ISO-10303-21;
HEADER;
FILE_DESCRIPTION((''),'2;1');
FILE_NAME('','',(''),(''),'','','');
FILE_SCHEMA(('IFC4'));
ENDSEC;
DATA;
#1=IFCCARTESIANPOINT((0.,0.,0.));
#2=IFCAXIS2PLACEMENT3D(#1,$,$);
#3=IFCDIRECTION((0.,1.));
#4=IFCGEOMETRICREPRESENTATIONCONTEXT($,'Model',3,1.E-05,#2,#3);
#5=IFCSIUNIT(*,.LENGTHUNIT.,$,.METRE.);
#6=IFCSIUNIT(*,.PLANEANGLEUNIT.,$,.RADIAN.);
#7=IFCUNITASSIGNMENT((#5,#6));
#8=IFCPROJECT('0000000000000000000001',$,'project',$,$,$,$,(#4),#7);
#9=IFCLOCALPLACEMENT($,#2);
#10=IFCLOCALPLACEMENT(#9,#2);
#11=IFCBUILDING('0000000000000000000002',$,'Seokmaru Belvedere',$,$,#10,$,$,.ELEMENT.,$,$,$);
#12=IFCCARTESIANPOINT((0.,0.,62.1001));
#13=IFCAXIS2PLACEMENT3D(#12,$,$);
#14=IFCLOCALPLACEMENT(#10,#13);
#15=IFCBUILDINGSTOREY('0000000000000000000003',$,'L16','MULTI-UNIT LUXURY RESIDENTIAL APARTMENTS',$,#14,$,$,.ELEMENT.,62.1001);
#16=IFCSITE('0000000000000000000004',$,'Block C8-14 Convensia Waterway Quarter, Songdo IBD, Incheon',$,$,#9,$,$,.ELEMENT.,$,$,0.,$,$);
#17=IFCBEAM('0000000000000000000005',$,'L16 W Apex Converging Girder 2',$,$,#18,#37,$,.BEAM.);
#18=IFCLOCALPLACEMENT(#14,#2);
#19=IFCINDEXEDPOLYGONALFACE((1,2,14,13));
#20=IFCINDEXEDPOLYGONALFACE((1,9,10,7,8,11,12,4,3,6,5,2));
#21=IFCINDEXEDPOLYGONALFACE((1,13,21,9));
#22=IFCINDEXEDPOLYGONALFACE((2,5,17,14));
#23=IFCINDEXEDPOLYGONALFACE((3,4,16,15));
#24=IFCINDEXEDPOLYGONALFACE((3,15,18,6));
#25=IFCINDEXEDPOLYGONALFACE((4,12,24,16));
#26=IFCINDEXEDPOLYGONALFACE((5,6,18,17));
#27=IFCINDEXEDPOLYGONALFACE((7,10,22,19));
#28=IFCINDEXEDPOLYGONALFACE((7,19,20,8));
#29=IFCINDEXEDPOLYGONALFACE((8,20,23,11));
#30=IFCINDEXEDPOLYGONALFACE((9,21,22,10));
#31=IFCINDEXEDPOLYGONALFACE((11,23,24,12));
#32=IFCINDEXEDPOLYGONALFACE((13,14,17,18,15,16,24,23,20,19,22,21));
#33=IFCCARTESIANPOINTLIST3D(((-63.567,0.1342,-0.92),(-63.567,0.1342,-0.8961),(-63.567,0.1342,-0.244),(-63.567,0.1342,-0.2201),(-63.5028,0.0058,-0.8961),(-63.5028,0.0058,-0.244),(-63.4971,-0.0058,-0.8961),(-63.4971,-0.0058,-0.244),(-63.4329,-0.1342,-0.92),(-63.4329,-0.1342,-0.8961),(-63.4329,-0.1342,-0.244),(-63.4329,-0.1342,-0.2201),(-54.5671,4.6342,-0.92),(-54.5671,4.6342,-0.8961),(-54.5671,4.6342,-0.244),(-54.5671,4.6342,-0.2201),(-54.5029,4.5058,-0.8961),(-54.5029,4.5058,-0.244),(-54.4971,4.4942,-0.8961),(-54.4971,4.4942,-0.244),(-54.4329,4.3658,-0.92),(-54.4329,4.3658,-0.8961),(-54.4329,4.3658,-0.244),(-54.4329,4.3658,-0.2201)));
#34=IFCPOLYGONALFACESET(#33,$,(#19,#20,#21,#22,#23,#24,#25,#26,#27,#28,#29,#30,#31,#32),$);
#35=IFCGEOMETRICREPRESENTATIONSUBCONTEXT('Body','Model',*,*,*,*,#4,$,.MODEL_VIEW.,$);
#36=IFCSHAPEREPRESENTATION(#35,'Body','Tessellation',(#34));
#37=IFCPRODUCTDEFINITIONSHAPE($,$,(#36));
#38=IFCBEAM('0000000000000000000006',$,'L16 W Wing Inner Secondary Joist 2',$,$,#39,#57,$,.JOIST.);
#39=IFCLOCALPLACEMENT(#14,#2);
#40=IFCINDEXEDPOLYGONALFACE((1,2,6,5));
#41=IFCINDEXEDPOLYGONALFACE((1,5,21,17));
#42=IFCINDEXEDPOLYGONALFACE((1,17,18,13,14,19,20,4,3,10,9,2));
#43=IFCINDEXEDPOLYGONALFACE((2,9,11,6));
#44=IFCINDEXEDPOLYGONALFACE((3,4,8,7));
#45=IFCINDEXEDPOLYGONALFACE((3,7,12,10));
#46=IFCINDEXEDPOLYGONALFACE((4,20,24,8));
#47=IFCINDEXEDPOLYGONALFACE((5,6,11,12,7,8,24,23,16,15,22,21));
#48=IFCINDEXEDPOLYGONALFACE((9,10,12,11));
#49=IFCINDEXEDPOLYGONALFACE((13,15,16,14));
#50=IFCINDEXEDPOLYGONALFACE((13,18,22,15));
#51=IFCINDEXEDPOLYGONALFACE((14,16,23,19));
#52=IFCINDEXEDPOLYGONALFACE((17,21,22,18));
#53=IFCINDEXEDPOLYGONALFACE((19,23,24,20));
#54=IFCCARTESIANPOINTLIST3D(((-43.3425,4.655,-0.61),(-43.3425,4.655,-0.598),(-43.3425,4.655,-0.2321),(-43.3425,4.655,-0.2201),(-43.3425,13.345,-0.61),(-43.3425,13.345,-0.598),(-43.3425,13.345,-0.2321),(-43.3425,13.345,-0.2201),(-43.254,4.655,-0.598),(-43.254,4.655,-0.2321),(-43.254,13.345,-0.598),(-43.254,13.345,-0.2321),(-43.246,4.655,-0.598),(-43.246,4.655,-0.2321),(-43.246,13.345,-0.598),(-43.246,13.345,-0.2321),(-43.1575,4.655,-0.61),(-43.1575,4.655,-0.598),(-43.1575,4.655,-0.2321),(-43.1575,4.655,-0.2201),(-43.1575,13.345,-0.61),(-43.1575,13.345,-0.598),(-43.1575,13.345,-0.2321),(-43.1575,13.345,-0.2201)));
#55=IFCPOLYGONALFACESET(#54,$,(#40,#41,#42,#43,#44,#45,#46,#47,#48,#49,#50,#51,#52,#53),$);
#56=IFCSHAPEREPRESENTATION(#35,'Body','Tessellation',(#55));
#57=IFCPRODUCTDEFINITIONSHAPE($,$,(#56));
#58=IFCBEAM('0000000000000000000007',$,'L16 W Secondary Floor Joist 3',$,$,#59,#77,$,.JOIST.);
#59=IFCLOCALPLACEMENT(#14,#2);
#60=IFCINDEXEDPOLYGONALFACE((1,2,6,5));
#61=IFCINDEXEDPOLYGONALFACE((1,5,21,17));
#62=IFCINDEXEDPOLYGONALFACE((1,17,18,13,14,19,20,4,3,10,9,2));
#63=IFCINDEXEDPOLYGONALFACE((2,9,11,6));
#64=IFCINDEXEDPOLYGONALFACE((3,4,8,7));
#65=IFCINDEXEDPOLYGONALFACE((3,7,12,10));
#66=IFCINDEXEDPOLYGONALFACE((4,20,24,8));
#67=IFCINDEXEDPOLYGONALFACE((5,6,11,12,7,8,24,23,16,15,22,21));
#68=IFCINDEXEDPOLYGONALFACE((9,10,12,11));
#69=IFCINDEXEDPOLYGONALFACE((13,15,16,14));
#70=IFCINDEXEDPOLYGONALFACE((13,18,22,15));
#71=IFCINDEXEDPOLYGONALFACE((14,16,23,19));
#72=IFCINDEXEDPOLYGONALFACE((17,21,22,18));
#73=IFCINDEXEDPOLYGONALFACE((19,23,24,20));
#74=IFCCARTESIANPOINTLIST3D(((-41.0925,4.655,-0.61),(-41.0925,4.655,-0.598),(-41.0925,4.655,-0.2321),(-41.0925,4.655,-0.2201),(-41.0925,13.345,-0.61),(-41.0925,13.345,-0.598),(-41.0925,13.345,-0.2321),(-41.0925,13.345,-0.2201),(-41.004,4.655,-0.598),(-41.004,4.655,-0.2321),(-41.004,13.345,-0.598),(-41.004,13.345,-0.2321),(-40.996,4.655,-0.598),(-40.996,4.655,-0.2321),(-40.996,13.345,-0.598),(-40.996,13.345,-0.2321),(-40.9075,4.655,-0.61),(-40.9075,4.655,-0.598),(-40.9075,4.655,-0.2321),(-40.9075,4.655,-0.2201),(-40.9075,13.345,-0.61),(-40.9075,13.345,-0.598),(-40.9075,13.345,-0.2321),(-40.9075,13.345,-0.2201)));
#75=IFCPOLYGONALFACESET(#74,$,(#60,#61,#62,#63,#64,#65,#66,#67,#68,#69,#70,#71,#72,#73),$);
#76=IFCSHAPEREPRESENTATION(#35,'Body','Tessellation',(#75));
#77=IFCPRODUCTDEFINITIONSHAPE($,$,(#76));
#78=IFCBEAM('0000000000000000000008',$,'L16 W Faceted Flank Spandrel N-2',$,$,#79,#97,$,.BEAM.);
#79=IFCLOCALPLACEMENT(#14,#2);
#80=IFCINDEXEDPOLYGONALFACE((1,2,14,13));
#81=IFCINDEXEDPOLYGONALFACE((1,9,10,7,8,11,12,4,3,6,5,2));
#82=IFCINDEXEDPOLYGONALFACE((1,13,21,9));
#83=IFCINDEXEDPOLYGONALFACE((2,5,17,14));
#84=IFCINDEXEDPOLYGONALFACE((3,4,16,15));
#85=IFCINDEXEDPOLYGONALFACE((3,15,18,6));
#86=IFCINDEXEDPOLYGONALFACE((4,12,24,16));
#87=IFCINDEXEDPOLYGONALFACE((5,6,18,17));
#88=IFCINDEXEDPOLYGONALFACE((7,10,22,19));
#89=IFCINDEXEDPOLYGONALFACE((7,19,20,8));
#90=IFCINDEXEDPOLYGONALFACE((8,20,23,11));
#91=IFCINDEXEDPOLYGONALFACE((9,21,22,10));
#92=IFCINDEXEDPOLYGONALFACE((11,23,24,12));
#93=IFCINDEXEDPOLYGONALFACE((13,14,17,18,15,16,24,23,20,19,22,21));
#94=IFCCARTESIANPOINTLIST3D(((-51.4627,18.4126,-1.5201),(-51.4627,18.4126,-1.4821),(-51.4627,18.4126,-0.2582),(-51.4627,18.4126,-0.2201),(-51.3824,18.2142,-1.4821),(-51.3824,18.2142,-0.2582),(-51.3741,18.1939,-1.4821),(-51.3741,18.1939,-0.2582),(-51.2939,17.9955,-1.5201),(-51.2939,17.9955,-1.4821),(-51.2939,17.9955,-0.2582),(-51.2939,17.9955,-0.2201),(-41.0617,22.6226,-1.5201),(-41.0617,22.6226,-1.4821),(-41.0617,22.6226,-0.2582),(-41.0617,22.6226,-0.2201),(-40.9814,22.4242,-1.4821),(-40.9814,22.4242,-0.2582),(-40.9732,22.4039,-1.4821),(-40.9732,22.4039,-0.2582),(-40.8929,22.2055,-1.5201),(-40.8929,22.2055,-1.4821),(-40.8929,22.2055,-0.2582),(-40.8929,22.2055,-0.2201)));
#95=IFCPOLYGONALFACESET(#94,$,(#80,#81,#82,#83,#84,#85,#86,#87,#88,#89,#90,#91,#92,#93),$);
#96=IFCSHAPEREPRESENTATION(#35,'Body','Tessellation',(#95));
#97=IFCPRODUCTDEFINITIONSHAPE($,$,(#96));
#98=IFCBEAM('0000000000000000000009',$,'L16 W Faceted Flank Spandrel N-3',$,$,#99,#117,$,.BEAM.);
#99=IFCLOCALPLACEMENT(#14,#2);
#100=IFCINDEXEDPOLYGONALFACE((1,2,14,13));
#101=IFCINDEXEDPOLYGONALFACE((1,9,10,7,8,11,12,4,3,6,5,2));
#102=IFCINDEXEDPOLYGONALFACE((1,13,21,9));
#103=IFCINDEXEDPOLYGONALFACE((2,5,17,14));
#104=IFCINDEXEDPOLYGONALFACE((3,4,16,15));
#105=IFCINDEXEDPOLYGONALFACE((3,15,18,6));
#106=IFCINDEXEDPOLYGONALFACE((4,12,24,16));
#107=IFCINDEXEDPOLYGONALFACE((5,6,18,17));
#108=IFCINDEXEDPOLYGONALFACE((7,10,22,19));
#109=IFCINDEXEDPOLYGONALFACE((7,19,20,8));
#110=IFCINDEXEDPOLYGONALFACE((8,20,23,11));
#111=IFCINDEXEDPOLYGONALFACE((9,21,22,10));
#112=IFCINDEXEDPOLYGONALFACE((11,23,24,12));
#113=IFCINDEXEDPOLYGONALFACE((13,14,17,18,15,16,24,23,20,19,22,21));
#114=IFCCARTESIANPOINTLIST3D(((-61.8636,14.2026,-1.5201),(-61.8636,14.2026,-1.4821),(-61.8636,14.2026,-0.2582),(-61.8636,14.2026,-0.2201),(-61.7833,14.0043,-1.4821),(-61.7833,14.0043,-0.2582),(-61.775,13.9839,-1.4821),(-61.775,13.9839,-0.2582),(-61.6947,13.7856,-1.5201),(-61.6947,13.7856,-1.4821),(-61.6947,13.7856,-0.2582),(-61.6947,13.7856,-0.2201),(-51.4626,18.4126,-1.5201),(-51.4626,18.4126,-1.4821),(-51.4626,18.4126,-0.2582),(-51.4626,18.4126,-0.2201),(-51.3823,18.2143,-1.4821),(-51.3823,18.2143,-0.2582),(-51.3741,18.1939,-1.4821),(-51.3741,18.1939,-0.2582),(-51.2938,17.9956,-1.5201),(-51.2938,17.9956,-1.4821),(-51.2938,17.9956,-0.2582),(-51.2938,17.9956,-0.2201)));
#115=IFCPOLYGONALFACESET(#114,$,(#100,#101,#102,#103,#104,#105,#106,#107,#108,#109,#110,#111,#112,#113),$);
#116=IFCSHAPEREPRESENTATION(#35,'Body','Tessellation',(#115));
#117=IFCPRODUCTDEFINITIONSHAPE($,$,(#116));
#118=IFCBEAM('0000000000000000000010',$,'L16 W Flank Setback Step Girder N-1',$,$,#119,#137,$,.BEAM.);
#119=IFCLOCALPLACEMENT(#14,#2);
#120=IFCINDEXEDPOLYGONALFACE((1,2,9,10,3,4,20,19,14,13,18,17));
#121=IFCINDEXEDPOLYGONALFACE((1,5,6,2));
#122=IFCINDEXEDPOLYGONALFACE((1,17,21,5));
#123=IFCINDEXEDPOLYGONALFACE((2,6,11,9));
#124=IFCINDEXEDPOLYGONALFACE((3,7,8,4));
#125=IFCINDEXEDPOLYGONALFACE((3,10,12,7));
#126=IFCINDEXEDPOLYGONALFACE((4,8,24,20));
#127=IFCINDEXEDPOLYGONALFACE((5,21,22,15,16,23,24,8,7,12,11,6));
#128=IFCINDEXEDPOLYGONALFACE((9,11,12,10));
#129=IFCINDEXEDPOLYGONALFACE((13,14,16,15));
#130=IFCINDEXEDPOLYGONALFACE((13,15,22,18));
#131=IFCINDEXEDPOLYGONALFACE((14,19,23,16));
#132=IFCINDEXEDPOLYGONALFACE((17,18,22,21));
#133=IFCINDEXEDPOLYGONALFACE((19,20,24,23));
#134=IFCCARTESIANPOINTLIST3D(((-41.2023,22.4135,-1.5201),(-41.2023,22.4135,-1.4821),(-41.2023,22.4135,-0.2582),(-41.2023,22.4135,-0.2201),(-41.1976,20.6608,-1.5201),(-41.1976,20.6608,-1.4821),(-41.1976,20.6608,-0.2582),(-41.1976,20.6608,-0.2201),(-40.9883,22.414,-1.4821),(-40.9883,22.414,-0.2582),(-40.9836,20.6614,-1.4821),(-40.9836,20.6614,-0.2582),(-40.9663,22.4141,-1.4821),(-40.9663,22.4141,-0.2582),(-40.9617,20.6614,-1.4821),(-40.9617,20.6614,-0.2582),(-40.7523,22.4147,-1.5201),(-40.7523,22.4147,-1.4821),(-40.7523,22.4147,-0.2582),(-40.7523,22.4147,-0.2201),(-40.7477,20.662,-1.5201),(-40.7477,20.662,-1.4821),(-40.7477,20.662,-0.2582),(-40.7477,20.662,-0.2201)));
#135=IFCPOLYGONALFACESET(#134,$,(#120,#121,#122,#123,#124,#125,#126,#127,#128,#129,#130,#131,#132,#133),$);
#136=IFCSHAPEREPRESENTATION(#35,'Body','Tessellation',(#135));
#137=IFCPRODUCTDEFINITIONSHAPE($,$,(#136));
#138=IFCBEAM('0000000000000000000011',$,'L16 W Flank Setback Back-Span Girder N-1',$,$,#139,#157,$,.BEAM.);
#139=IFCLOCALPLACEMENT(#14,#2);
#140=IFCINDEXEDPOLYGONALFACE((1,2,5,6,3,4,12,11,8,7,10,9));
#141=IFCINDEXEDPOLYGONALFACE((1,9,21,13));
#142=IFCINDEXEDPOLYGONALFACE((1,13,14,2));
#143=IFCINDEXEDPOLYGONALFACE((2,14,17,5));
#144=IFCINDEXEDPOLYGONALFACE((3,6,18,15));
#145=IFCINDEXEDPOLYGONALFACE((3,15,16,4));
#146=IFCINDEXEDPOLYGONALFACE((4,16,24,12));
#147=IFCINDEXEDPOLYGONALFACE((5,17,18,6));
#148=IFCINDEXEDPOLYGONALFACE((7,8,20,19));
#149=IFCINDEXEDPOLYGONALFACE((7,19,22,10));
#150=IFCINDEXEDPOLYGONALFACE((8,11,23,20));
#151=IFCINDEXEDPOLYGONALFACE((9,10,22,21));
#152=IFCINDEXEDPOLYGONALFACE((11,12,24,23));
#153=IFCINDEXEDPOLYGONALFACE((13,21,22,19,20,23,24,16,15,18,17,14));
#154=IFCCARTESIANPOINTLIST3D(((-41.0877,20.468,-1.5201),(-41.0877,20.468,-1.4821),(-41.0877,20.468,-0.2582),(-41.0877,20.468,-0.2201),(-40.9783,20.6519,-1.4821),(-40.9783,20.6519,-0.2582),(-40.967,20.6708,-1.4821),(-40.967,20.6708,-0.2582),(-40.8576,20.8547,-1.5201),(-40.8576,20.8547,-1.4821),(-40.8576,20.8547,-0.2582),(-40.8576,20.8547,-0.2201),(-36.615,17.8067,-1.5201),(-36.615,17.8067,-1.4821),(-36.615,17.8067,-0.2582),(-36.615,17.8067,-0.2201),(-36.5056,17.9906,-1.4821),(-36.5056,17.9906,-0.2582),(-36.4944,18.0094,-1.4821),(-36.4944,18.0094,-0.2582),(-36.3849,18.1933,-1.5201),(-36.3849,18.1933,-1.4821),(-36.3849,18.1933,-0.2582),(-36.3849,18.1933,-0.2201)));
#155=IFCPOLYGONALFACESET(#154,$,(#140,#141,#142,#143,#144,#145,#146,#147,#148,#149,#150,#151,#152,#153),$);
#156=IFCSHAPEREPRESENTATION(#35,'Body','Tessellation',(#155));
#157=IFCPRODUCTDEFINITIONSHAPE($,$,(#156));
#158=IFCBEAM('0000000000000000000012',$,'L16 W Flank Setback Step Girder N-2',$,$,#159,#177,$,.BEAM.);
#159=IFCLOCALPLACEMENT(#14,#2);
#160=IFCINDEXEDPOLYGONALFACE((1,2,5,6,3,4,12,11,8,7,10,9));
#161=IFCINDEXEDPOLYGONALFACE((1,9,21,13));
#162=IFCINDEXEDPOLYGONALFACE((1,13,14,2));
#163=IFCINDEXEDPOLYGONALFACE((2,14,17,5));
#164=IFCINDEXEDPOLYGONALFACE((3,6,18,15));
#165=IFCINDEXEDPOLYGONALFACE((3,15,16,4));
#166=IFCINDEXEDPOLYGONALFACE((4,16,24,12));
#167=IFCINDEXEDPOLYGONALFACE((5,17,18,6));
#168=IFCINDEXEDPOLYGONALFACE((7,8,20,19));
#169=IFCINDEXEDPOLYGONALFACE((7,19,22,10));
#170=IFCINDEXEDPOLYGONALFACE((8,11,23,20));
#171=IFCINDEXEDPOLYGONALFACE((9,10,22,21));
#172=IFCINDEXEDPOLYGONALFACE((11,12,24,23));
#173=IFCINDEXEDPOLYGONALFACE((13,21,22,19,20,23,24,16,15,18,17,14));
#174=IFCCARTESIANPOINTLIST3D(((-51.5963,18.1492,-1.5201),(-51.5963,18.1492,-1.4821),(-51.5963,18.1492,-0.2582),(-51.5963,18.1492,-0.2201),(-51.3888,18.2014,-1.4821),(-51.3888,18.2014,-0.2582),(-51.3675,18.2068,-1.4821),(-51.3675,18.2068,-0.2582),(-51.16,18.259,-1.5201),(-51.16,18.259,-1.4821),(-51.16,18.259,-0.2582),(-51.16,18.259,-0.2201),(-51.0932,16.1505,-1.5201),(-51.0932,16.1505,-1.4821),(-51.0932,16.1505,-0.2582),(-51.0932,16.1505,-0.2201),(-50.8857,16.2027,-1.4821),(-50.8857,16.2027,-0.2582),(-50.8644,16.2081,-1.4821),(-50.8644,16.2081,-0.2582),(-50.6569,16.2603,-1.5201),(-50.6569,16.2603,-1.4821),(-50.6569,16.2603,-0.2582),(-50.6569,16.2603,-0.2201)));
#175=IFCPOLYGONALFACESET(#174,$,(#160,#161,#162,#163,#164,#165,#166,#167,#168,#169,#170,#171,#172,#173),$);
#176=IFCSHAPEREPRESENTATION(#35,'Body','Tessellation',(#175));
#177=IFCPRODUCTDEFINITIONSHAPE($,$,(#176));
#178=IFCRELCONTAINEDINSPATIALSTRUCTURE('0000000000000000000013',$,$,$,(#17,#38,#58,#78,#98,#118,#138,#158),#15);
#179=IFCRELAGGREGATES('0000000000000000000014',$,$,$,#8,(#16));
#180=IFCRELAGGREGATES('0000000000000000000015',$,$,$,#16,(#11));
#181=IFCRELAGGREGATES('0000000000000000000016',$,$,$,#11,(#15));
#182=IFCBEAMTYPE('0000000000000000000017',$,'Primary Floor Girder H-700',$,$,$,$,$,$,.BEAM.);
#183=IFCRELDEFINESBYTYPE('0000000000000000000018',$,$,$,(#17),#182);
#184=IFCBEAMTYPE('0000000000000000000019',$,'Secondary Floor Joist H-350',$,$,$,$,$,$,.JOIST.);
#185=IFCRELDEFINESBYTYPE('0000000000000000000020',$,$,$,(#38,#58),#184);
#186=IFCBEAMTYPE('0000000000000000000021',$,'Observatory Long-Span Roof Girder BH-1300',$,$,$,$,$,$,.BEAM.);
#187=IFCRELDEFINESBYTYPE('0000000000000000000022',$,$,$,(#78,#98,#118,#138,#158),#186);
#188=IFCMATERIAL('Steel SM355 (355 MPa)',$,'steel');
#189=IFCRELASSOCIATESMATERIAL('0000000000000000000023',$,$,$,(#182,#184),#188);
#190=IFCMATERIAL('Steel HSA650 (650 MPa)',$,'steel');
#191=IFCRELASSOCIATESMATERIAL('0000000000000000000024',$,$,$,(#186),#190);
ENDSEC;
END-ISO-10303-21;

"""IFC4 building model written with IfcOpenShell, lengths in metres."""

from ifc_helpers import new_model, si_unit, direction, frame, origin, origin_2d, place, context, subcontext, project, spatial, i_section, extrude, source, transform, mapped, material, material_profile, profile_set, type_object, type_shapes, element, save


model = new_model("IFC4")

# Units and contexts
model_context = context("Model", 3, precision=1e-05, world=origin(), true_north=direction((0.0, 1.0)))
body_context = subcontext(model_context, "Body", "Model", "MODEL_VIEW")
ifc_project = project(units=[si_unit("LENGTHUNIT", "METRE"), si_unit("PLANEANGLEUNIT", "RADIAN")], contexts=[model_context])

# Site, building, storey
site_placement = place(None, origin())
site = spatial("IfcSite", under=ifc_project, at=site_placement, Name="Block C8-14 Convensia Waterway Quarter, Songdo IBD, Incheon", CompositionType="ELEMENT", RefElevation=0.0)
building_placement = place(site_placement, origin())
building = spatial("IfcBuilding", under=site, at=building_placement, Name="Seokmaru Belvedere", CompositionType="ELEMENT")
storey_placement = place(building_placement, frame((0.0, 0.0, 62.1001)))
storey = spatial("IfcBuildingStorey", under=building, at=storey_placement, Name="L16", Description="MULTI-UNIT LUXURY RESIDENTIAL APARTMENTS", CompositionType="ELEMENT", Elevation=62.1001)

# Shared definitions
ifc_material_1 = material(Name="Steel SM355 (355 MPa)", Category="steel")

# Beams
ifc_material_profile_1 = material_profile(ifc_material_1, i_section(OverallWidth=0.3, OverallDepth=0.7, WebThickness=0.0129, FlangeThickness=0.0239, at=origin_2d()), Name="H-700x300x13x24")
ifc_profile_set_1 = profile_set([ifc_material_profile_1], Name="Steel SM355 (355 MPa)")
beam_type_1 = type_object("IfcBeamType", Name="Primary Floor Girder H-700", PredefinedType="BEAM", material=ifc_profile_set_1)
shared_shape_1 = source(origin(), body_context, "Body", "SweptSolid", [
    extrude(i_section(OverallWidth=0.3, OverallDepth=0.7, WebThickness=0.0129, FlangeThickness=0.0239, at=origin_2d()), origin(), (0.0, 0.0, 1.0), 10.0623),
])
beam_1_placement = place(storey_placement, frame((-54.5, 4.5, -0.5701), z_axis=(-0.894427, -0.447214, 0.0), x_axis=(0.447214, -0.894427, 0.0)))
element("IfcBeam", 1, at=beam_1_placement, inside=storey, type_object=beam_type_1, Name="L16 W Apex Converging Girder 2", PredefinedType="BEAM", context=body_context, shape_type="MappedRepresentation", body=[
    mapped(shared_shape_1, transform((0.0, 0.0, 0.0), scale=1.0)),
])
ifc_material_profile_2 = material_profile(ifc_material_1, i_section(OverallWidth=0.1851, OverallDepth=0.3899, WebThickness=0.0081, FlangeThickness=0.012, at=origin_2d()), Name="H-390x185x8x12")
ifc_profile_set_2 = profile_set([ifc_material_profile_2], Name="Steel SM355 (355 MPa)")
beam_type_2 = type_object("IfcBeamType", Name="Secondary Floor Joist H-350", PredefinedType="JOIST", material=ifc_profile_set_2)
shared_shape_2 = source(origin(), body_context, "Body", "SweptSolid", [
    extrude(i_section(OverallWidth=0.1851, OverallDepth=0.3899, WebThickness=0.0081, FlangeThickness=0.012, at=origin_2d()), origin(), (0.0, 0.0, 1.0), 8.6899),
])
type_shapes(beam_type_2, [shared_shape_2])
for number, where, z_axis, x_axis, name in (
    (2, (-43.25, 4.655, -0.415), (0.0, 1.0, 0.0), (-1.0, 0.0, 0.0), "L16 W Wing Inner Secondary Joist 2"),
    (3, (-41.0, 4.655, -0.415), (0.0, 1.0, 0.0), (-1.0, 0.0, 0.0), "L16 W Secondary Floor Joist 3"),
):
    element("IfcBeam", number, at=place(storey_placement, frame(where, z_axis=z_axis, x_axis=x_axis)), inside=storey, type_object=beam_type_2, Name=name, PredefinedType="JOIST", context=body_context, shape_type="MappedRepresentation", body=[
        mapped(shared_shape_2, transform((0.0, 0.0, 0.0), scale=1.0)),
    ])
ifc_material_2 = material(Name="Steel HSA650 (650 MPa)", Category="steel")
ifc_material_profile_3 = material_profile(ifc_material_2, i_section(OverallWidth=0.45, OverallDepth=1.3, WebThickness=0.022, FlangeThickness=0.0381, at=origin_2d()), Name="BH-1300x450x22x38")
ifc_profile_set_3 = profile_set([ifc_material_profile_3], Name="Steel HSA650 (650 MPa)")
beam_type_3 = type_object("IfcBeamType", Name="Observatory Long-Span Roof Girder BH-1300", PredefinedType="BEAM", material=ifc_profile_set_3)
shared_shape_3 = source(origin(), body_context, "Body", "SweptSolid", [
    extrude(i_section(OverallWidth=0.45, OverallDepth=1.3, WebThickness=0.022, FlangeThickness=0.0381, at=origin_2d()), origin(), (0.0, 0.0, 1.0), 11.2207),
])
for number, where, z_axis, x_axis, name in (
    (4, (-40.9773, 22.4141, -0.8701), (-0.926944, -0.375199, 0.0), (0.375199, -0.926944, 0.0), "L16 W Faceted Flank Spandrel N-2"),
    (5, (-51.3782, 18.2041, -0.8701), (-0.926944, -0.375199, 0.0), (0.375199, -0.926944, 0.0), "L16 W Faceted Flank Spandrel N-3"),
):
    element("IfcBeam", number, at=place(storey_placement, frame(where, z_axis=z_axis, x_axis=x_axis)), inside=storey, type_object=beam_type_3, Name=name, PredefinedType="BEAM", context=body_context, shape_type="MappedRepresentation", body=[
        mapped(shared_shape_3, transform((0.0, 0.0, 0.0), scale=1.0)),
    ])
shared_shape_4 = source(origin(), body_context, "Body", "SweptSolid", [
    extrude(i_section(OverallWidth=0.45, OverallDepth=1.3, WebThickness=0.022, FlangeThickness=0.0381, at=origin_2d()), origin(), (0.0, 0.0, 1.0), 1.7527),
])
beam_2_placement = place(storey_placement, frame((-40.9773, 22.4141, -0.8701), z_axis=(0.002647, -0.999996, 0.0), x_axis=(0.999996, 0.002647, 0.0)))
element("IfcBeam", 6, at=beam_2_placement, inside=storey, type_object=beam_type_3, Name="L16 W Flank Setback Step Girder N-1", PredefinedType="BEAM", context=body_context, shape_type="MappedRepresentation", body=[
    mapped(shared_shape_4, transform((0.0, 0.0, 0.0), scale=1.0)),
])
shared_shape_5 = source(origin(), body_context, "Body", "SweptSolid", [
    extrude(i_section(OverallWidth=0.45, OverallDepth=1.3, WebThickness=0.022, FlangeThickness=0.0381, at=origin_2d()), origin(), (0.0, 0.0, 1.0), 5.2046),
])
beam_3_placement = place(storey_placement, frame((-40.9727, 20.6614, -0.8701), z_axis=(0.85937, -0.511354, 0.0), x_axis=(0.511354, 0.85937, 0.0)))
element("IfcBeam", 7, at=beam_3_placement, inside=storey, type_object=beam_type_3, Name="L16 W Flank Setback Back-Span Girder N-1", PredefinedType="BEAM", context=body_context, shape_type="MappedRepresentation", body=[
    mapped(shared_shape_5, transform((0.0, 0.0, 0.0), scale=1.0)),
])
shared_shape_6 = source(origin(), body_context, "Body", "SweptSolid", [
    extrude(i_section(OverallWidth=0.45, OverallDepth=1.3, WebThickness=0.022, FlangeThickness=0.0381, at=origin_2d()), origin(), (0.0, 0.0, 1.0), 2.061),
])
beam_4_placement = place(storey_placement, frame((-51.3782, 18.2041, -0.8701), z_axis=(0.244124, -0.969744, 0.0), x_axis=(0.969744, 0.244124, 0.0)))
element("IfcBeam", 8, at=beam_4_placement, inside=storey, type_object=beam_type_3, Name="L16 W Flank Setback Step Girder N-2", PredefinedType="BEAM", context=body_context, shape_type="MappedRepresentation", body=[
    mapped(shared_shape_6, transform((0.0, 0.0, 0.0), scale=1.0)),
])

save(model, "model.ifc")
